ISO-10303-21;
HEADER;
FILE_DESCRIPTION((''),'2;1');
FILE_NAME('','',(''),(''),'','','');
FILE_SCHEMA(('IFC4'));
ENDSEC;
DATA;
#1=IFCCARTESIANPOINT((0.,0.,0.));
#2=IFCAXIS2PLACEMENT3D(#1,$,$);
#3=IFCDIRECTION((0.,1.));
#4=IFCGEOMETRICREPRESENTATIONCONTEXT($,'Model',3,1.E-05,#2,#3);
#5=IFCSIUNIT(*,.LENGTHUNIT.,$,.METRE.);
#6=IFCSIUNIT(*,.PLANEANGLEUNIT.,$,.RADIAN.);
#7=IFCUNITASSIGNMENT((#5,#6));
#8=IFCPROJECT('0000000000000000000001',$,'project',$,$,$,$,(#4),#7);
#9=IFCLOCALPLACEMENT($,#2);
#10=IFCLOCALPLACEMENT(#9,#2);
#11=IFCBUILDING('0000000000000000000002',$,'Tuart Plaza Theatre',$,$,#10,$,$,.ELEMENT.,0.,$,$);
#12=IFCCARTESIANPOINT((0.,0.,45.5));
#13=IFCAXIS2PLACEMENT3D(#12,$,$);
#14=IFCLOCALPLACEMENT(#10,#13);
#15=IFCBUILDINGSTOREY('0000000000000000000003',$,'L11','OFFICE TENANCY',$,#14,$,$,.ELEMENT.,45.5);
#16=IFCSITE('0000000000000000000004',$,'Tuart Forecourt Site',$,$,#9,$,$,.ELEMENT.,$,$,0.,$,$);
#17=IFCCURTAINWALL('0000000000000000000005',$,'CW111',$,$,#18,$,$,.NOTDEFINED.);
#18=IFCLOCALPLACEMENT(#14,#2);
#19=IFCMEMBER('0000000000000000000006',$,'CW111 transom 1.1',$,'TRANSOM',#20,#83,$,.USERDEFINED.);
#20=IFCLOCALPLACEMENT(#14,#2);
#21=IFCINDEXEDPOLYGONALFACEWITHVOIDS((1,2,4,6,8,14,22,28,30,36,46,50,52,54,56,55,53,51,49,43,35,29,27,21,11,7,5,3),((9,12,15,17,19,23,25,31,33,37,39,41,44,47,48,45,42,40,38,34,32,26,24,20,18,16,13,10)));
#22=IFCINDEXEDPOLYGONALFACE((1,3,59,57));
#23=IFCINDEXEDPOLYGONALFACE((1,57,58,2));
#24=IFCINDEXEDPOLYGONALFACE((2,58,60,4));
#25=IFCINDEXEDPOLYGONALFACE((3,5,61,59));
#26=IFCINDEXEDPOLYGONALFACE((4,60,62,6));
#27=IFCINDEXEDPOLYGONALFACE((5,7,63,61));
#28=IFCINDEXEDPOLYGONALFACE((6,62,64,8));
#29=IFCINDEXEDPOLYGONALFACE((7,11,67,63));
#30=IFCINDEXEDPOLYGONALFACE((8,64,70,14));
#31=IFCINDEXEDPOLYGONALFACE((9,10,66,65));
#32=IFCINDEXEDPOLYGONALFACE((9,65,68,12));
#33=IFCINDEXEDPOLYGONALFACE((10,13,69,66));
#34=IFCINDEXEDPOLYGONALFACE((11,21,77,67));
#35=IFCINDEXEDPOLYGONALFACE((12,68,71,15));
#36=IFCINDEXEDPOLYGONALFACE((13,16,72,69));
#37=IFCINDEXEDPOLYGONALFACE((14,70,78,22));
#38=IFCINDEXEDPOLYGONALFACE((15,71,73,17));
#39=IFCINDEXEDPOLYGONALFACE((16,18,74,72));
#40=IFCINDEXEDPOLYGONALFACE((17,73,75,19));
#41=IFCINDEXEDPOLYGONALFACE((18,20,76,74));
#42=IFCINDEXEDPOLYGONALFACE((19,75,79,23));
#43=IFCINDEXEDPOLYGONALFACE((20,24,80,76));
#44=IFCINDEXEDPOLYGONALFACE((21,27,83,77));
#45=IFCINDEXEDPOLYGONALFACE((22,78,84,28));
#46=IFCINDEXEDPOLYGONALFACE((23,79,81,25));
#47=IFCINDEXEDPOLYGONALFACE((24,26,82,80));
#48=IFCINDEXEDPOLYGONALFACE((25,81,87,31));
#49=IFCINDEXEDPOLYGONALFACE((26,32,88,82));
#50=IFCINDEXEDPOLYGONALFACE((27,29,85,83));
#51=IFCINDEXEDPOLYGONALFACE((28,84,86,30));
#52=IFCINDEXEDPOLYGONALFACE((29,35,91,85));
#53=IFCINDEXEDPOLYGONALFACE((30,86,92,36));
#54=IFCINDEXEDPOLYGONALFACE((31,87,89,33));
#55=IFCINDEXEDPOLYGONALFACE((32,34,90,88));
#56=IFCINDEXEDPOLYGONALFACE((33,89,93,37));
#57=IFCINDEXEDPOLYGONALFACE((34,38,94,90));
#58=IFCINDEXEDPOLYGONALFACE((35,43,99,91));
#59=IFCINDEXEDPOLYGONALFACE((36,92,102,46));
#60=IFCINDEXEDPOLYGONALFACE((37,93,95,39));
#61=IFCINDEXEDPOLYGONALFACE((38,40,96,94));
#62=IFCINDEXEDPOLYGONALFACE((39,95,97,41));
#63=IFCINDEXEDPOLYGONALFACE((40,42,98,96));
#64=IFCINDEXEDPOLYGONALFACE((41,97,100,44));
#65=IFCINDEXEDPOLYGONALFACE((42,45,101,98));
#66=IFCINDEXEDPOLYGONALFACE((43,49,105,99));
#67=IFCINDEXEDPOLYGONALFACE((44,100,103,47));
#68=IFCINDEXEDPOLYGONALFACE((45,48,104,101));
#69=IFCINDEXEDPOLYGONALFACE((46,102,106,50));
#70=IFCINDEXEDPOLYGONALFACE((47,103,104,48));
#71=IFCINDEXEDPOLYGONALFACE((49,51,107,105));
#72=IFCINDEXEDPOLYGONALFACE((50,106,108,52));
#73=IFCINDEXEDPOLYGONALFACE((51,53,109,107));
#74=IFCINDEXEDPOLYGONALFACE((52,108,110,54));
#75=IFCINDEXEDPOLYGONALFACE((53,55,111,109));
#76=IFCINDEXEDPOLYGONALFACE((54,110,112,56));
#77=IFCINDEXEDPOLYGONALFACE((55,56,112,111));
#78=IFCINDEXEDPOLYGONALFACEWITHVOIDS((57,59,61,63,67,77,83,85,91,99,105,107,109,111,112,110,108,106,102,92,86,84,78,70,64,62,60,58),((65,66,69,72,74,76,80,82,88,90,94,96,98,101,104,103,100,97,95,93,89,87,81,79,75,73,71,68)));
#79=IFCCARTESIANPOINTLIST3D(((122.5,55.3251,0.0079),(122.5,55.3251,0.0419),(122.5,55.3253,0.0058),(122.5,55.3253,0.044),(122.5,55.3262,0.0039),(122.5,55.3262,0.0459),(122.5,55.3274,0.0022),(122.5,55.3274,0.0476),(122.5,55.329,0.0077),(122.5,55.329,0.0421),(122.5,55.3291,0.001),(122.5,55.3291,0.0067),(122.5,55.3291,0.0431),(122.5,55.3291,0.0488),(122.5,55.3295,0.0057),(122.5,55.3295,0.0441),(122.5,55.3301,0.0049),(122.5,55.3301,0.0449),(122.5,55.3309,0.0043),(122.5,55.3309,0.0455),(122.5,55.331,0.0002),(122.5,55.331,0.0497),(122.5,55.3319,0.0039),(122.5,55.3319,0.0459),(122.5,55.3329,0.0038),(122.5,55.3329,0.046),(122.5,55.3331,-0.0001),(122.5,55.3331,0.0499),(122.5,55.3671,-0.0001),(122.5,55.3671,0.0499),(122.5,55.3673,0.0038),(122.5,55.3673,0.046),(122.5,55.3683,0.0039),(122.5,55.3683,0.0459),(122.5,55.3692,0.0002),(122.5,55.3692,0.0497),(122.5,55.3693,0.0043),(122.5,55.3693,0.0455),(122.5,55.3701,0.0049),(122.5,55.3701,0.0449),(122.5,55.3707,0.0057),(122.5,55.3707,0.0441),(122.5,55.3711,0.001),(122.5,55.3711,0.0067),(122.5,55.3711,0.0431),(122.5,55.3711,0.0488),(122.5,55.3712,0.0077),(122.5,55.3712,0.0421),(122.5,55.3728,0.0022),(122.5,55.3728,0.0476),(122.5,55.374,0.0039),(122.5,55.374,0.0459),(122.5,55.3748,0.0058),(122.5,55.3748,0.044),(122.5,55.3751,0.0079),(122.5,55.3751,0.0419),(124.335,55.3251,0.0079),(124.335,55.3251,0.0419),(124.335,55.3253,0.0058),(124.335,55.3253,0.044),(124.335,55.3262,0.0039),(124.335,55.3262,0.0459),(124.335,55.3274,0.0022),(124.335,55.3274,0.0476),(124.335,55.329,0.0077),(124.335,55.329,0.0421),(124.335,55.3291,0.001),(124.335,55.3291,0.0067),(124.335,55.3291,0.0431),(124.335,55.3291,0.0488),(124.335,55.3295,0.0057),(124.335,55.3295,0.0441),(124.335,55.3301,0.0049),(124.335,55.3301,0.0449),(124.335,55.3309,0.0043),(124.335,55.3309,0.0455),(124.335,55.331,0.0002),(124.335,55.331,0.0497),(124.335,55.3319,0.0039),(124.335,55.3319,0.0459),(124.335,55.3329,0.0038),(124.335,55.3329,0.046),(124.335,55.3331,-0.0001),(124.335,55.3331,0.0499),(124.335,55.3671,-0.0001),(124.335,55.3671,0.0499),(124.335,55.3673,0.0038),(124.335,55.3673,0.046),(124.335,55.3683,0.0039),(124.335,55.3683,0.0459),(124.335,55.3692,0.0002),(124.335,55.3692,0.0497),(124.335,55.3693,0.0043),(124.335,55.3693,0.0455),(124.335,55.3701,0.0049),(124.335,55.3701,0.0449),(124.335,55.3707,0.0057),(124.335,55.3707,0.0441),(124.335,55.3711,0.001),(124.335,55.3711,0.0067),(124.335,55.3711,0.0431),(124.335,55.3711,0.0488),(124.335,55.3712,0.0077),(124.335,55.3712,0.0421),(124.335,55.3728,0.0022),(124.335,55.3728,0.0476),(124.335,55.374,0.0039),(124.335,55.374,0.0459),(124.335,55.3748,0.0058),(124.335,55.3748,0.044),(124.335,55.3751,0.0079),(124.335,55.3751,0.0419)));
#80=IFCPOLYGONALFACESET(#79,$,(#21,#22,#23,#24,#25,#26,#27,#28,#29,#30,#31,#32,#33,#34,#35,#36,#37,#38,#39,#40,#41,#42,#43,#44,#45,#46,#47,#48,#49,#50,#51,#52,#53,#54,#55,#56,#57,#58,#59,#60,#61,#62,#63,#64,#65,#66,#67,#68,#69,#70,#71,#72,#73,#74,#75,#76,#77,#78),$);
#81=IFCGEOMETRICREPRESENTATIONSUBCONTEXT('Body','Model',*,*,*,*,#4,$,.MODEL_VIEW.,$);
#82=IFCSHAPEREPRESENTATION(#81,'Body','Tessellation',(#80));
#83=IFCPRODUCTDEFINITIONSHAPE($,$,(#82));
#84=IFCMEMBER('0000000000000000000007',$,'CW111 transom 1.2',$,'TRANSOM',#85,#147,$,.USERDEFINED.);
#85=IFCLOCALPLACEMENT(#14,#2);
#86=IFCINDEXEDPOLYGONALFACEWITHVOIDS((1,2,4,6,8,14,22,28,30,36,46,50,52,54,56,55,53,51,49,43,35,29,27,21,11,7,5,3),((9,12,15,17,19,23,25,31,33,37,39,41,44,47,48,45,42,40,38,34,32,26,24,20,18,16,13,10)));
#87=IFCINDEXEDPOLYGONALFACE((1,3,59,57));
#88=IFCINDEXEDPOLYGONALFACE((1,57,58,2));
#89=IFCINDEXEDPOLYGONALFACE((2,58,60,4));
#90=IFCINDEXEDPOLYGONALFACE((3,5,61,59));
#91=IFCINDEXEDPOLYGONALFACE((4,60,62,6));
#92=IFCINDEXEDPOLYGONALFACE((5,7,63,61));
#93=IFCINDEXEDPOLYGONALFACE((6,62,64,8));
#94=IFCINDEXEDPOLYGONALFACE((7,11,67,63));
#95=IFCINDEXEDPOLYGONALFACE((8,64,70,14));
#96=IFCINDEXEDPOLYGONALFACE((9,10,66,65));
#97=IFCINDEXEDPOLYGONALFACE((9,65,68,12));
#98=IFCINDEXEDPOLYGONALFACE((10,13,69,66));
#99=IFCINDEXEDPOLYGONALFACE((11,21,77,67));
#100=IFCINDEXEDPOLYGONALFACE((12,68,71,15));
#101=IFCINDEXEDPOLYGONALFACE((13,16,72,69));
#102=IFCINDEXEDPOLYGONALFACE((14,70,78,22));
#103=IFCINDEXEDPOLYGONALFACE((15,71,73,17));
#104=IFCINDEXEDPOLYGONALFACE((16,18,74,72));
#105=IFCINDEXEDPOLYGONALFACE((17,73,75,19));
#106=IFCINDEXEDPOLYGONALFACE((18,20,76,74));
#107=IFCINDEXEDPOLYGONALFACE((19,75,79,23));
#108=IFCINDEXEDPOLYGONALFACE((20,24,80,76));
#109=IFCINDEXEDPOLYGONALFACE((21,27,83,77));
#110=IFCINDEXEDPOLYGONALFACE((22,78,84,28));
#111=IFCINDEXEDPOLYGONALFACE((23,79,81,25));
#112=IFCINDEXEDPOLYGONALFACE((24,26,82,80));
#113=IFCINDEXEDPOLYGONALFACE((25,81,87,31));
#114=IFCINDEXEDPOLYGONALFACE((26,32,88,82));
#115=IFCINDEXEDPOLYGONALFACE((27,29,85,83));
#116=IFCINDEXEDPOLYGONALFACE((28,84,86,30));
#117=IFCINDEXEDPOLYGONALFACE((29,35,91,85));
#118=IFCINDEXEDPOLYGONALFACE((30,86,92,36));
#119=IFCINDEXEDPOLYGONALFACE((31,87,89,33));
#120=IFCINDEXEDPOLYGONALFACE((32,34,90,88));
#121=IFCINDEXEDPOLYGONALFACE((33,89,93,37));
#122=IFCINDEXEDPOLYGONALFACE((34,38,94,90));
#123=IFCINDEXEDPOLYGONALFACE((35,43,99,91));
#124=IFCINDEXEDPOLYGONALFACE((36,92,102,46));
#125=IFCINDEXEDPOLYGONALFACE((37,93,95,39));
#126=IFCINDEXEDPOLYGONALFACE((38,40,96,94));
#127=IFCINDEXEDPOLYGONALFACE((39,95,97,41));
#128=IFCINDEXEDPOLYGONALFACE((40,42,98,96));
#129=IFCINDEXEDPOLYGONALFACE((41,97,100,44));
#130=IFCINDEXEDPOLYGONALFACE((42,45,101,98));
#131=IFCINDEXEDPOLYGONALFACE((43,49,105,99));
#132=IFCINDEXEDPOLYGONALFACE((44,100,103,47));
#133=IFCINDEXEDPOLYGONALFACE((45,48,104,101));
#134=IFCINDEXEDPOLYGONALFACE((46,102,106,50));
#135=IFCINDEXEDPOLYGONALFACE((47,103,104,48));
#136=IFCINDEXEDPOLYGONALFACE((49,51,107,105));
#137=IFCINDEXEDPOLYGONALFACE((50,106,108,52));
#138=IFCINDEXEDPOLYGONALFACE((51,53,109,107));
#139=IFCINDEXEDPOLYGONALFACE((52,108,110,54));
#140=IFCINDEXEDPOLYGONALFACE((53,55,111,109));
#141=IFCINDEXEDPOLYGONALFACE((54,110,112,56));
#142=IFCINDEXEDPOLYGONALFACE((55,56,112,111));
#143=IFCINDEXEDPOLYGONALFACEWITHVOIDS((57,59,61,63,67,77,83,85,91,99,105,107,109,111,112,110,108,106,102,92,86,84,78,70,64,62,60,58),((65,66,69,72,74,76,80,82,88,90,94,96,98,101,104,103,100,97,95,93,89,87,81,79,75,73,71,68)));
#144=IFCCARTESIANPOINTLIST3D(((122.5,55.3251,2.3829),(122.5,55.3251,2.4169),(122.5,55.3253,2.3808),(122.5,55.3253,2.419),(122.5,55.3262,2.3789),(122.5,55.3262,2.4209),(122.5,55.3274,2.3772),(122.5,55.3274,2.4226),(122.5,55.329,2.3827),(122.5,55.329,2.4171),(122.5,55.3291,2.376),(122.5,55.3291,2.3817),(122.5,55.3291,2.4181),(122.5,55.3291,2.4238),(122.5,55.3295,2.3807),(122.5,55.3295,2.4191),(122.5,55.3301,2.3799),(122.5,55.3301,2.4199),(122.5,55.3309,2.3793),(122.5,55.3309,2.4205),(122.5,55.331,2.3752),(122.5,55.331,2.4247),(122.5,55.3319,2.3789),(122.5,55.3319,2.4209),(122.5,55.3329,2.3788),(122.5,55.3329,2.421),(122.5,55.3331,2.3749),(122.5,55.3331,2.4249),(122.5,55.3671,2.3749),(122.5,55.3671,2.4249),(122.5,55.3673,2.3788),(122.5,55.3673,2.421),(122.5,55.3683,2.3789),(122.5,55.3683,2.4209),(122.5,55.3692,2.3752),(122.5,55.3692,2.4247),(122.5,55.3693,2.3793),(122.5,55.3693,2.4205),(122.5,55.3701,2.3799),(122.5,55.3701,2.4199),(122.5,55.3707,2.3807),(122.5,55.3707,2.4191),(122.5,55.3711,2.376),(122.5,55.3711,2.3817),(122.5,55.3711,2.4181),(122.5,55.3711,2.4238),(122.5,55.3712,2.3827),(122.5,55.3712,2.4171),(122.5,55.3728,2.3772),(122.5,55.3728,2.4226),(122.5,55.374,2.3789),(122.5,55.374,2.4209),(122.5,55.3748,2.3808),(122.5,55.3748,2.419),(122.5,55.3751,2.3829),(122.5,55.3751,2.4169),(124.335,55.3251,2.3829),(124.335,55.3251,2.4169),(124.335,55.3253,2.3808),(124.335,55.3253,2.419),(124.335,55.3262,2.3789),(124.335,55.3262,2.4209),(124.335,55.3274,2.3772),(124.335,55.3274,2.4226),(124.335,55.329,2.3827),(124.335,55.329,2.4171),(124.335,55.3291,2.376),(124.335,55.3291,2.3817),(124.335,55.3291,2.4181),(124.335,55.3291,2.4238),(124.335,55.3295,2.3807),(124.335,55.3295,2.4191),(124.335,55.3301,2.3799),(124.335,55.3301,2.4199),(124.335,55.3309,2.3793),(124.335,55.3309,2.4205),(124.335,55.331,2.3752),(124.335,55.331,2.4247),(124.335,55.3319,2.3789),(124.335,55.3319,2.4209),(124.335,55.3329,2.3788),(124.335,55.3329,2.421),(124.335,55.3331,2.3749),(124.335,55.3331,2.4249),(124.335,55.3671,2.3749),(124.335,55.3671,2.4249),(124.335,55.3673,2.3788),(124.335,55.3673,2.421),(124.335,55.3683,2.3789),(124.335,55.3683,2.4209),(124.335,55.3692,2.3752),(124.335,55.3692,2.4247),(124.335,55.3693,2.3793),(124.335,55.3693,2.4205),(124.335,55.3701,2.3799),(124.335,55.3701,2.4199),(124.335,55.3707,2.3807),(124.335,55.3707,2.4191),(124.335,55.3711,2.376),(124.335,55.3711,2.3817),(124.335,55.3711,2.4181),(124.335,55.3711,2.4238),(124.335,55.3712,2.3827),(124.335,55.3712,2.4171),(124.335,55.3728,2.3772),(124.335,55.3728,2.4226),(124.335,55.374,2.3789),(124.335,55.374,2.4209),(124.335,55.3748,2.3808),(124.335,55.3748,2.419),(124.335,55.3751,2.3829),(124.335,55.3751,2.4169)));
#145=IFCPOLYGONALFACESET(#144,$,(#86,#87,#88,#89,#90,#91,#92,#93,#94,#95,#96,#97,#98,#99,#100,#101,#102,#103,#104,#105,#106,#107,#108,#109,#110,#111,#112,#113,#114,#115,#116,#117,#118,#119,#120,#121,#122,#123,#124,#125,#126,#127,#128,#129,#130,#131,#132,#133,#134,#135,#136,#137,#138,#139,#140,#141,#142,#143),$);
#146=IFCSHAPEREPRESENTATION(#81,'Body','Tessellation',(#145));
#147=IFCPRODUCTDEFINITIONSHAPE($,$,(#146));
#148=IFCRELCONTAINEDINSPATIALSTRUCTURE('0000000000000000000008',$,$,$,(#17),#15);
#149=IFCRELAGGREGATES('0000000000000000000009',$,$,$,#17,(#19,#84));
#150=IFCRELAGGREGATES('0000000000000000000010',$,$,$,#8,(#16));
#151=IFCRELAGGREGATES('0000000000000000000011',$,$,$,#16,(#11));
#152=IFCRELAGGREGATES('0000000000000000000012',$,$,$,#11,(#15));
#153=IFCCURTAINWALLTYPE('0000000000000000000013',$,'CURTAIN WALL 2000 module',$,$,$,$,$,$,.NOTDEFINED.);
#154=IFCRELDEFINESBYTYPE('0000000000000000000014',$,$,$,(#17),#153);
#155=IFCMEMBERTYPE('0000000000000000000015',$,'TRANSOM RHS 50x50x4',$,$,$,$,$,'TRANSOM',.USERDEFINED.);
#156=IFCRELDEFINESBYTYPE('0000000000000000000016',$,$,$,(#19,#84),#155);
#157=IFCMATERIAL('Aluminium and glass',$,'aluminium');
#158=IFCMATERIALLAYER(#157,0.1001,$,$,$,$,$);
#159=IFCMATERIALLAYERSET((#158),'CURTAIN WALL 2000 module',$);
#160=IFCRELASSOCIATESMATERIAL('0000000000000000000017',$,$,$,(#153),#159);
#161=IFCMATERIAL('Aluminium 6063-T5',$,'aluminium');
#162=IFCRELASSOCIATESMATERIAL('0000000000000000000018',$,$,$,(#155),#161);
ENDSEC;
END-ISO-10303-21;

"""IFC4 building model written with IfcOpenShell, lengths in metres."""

from ifc_helpers import new_model, si_unit, direction, frame, origin, origin_2d, place, context, subcontext, project, spatial, hollow_rectangle, extrude, material, layer, layer_set, material_profile, profile_set, type_object, element, aggregate, save


model = new_model("IFC4")

# Units and contexts
model_context = context("Model", 3, precision=1e-05, world=origin(), true_north=direction((0.0, 1.0)))
body_context = subcontext(model_context, "Body", "Model", "MODEL_VIEW")
ifc_project = project(units=[si_unit("LENGTHUNIT", "METRE"), si_unit("PLANEANGLEUNIT", "RADIAN")], contexts=[model_context])

# Site, building, storey
site_placement = place(None, origin())
site = spatial("IfcSite", under=ifc_project, at=site_placement, Name="Tuart Forecourt Site", CompositionType="ELEMENT", RefElevation=0.0)
building_placement = place(site_placement, origin())
building = spatial("IfcBuilding", under=site, at=building_placement, Name="Tuart Plaza Theatre", CompositionType="ELEMENT", ElevationOfRefHeight=0.0)
storey_placement = place(building_placement, frame((0.0, 0.0, 45.5)))
storey = spatial("IfcBuildingStorey", under=building, at=storey_placement, Name="L11", Description="OFFICE TENANCY", CompositionType="ELEMENT", Elevation=45.5)

# Curtain wall
ifc_material_1 = material(Name="Aluminium and glass", Category="aluminium")
ifc_layer_1 = layer(ifc_material_1, 0.1001)
ifc_layer_set_1 = layer_set([ifc_layer_1], Name="CURTAIN WALL 2000 module")
curtain_wall_type = type_object("IfcCurtainWallType", Name="CURTAIN WALL 2000 module", PredefinedType="NOTDEFINED", material=ifc_layer_set_1)
curtain_wall_1_placement = place(storey_placement, origin())
curtain_wall_1 = element("IfcCurtainWall", 1, at=curtain_wall_1_placement, inside=storey, type_object=curtain_wall_type, Name="CW111", PredefinedType="NOTDEFINED")

# Members
ifc_material_2 = material(Name="Aluminium 6063-T5", Category="aluminium")
ifc_material_profile_1 = material_profile(ifc_material_2, hollow_rectangle(XDim=0.05, YDim=0.05, WallThickness=0.0039, InnerFilletRadius=0.0039, OuterFilletRadius=0.0081, at=origin_2d()), Name="RHS 50x50x4")
ifc_profile_set_1 = profile_set([ifc_material_profile_1], Name="Aluminium 6063-T5")
member_type_1 = type_object("IfcMemberType", Name="TRANSOM RHS 50x50x4", ElementType="TRANSOM", PredefinedType="USERDEFINED", material=ifc_profile_set_1)
member_1_placement = place(storey_placement, frame((122.5, 55.3501, 0.0249), z_axis=(1.0, 0.0, 0.0), x_axis=(0.0, 1.0, 0.0)))
member_1 = element("IfcMember", 2, at=member_1_placement, type_object=member_type_1, Name="CW111 transom 1.1", ObjectType="TRANSOM", PredefinedType="USERDEFINED", context=body_context, shape_type="SweptSolid", body=[
    extrude(hollow_rectangle(XDim=0.05, YDim=0.05, WallThickness=0.0039, InnerFilletRadius=0.0039, OuterFilletRadius=0.0081, at=origin_2d()), origin(), (0.0, 0.0, 1.0), 1.835),
])
member_2_placement = place(storey_placement, frame((122.5, 55.3501, 2.3999), z_axis=(1.0, 0.0, 0.0), x_axis=(0.0, 1.0, 0.0)))
member_2 = element("IfcMember", 3, at=member_2_placement, type_object=member_type_1, Name="CW111 transom 1.2", ObjectType="TRANSOM", PredefinedType="USERDEFINED", context=body_context, shape_type="SweptSolid", body=[
    extrude(hollow_rectangle(XDim=0.05, YDim=0.05, WallThickness=0.0039, InnerFilletRadius=0.0039, OuterFilletRadius=0.0081, at=origin_2d()), origin(), (0.0, 0.0, 1.0), 1.835),
])

aggregate(curtain_wall_1, [member_1, member_2])

save(model, "model.ifc")
